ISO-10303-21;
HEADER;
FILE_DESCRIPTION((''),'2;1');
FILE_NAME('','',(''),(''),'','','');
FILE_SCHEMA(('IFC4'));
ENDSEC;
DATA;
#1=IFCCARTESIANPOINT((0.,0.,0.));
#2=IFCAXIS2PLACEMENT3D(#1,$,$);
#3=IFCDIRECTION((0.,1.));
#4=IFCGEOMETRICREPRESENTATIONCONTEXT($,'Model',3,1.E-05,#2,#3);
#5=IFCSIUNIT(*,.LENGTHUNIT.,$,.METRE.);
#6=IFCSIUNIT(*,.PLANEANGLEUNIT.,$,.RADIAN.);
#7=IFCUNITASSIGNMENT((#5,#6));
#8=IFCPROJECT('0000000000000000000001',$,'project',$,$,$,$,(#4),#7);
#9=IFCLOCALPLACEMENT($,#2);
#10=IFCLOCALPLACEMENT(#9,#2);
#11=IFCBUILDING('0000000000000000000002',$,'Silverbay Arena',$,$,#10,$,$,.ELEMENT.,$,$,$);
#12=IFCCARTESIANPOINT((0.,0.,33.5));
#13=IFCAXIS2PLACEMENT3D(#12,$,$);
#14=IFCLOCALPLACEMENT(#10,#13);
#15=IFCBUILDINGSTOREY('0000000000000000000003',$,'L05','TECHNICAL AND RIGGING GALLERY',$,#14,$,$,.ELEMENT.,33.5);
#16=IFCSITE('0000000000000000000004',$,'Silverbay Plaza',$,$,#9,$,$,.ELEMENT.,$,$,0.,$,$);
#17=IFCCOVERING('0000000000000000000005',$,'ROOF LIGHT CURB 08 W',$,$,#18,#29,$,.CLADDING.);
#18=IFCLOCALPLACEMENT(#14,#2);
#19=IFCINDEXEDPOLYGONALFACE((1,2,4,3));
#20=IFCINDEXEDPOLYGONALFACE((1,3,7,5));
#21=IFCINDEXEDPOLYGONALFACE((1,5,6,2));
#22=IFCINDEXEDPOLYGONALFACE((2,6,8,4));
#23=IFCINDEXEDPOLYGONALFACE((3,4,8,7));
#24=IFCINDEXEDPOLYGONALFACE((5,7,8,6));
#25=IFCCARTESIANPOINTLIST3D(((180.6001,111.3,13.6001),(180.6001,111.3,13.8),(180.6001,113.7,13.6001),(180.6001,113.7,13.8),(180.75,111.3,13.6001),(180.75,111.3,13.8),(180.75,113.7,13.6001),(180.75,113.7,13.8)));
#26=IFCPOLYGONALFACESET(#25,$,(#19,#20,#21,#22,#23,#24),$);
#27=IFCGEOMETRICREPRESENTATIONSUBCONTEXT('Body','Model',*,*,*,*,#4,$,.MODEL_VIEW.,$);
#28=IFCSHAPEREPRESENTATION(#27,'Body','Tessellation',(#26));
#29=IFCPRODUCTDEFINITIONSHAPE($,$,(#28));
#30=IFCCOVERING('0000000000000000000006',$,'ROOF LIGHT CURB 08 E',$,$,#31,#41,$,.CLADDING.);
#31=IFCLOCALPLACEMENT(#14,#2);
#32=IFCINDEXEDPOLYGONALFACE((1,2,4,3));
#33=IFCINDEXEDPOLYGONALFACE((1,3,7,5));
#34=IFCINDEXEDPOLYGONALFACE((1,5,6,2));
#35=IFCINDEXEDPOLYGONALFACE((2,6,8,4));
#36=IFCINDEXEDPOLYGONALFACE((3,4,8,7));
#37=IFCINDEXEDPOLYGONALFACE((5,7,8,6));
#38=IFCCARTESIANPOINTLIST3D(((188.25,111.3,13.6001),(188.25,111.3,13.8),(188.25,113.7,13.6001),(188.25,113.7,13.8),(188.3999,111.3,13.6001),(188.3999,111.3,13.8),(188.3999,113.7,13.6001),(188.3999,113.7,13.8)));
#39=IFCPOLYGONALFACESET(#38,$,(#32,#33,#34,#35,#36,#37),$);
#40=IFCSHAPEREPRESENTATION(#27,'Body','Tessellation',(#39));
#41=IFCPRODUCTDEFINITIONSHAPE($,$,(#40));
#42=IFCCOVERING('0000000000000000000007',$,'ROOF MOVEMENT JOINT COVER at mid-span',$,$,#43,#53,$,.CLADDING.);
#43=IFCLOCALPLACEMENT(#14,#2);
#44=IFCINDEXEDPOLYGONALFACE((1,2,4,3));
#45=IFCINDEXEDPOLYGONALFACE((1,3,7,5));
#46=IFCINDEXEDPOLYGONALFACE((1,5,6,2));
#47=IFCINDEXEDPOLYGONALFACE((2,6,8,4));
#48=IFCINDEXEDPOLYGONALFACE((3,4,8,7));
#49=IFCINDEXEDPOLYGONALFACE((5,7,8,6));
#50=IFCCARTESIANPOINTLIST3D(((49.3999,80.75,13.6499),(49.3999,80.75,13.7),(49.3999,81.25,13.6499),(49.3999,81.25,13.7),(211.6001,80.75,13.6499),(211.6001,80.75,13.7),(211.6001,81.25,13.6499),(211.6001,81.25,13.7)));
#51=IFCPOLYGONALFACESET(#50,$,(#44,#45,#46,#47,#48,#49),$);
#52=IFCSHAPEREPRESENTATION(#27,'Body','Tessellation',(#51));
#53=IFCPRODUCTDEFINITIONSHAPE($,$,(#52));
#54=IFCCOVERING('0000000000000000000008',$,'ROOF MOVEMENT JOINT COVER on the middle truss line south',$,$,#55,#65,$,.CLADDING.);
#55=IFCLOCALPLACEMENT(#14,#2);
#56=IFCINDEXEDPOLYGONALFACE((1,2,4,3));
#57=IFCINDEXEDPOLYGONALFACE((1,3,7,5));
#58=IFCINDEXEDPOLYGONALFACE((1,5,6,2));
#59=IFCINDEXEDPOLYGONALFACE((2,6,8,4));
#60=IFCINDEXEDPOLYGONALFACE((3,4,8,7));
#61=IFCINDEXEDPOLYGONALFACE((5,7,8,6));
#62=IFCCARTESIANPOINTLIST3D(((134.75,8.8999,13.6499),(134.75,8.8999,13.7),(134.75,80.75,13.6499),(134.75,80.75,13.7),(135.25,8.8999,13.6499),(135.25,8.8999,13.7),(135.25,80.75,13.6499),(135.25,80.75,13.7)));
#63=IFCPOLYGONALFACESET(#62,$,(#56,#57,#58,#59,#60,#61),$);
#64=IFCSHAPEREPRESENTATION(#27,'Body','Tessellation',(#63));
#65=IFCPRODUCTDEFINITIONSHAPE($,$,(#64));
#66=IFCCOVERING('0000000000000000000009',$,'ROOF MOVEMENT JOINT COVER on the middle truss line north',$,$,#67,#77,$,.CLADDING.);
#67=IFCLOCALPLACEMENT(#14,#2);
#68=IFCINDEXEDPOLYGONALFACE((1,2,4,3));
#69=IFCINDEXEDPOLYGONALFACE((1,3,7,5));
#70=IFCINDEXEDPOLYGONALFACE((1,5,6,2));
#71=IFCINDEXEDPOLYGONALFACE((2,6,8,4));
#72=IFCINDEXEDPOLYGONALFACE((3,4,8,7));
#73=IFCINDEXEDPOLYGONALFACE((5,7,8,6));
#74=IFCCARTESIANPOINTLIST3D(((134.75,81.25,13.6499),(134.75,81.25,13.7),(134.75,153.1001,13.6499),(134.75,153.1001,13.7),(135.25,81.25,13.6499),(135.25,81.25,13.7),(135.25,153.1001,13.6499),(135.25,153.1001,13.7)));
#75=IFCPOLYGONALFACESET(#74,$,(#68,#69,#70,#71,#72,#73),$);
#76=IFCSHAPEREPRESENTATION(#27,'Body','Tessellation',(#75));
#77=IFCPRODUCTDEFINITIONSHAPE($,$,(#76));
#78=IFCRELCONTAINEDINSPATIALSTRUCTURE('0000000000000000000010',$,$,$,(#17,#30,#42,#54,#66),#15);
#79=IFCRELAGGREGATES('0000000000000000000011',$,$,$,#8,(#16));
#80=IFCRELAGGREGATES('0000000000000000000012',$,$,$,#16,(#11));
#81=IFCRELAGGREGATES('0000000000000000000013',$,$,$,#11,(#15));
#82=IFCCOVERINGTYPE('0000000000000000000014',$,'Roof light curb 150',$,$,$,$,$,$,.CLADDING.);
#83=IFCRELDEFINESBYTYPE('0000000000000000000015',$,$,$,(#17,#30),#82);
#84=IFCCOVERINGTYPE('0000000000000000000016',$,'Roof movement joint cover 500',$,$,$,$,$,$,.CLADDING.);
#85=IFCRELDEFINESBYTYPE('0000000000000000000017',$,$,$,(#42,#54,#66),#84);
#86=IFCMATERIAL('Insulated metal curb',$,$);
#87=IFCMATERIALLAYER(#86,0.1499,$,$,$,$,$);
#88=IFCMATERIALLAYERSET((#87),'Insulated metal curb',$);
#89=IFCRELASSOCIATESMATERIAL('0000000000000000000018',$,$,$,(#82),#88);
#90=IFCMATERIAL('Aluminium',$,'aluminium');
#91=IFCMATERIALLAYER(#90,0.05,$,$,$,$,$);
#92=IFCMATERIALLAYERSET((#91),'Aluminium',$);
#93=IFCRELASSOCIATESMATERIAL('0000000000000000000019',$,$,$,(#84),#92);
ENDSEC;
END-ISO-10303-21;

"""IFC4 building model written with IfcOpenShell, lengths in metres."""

from ifc_helpers import new_model, si_unit, direction, frame, origin, place, context, subcontext, project, spatial, polyline, outline, extrude, material, layer, layer_set, type_object, element, save


model = new_model("IFC4")

# Units and contexts
model_context = context("Model", 3, precision=1e-05, world=origin(), true_north=direction((0.0, 1.0)))
body_context = subcontext(model_context, "Body", "Model", "MODEL_VIEW")
ifc_project = project(units=[si_unit("LENGTHUNIT", "METRE"), si_unit("PLANEANGLEUNIT", "RADIAN")], contexts=[model_context])

# Site, building, storey
site_placement = place(None, origin())
site = spatial("IfcSite", under=ifc_project, at=site_placement, Name="Silverbay Plaza", CompositionType="ELEMENT", RefElevation=0.0)
building_placement = place(site_placement, origin())
building = spatial("IfcBuilding", under=site, at=building_placement, Name="Silverbay Arena", CompositionType="ELEMENT")
storey_placement = place(building_placement, frame((0.0, 0.0, 33.5)))
storey = spatial("IfcBuildingStorey", under=building, at=storey_placement, Name="L05", Description="TECHNICAL AND RIGGING GALLERY", CompositionType="ELEMENT", Elevation=33.5)

# Coverings
ifc_material_1 = material(Name="Insulated metal curb")
ifc_layer_1 = layer(ifc_material_1, 0.1499)
ifc_layer_set_1 = layer_set([ifc_layer_1], Name="Insulated metal curb")
covering_type_1 = type_object("IfcCoveringType", Name="Roof light curb 150", PredefinedType="CLADDING", material=ifc_layer_set_1)
covering_1_placement = place(storey_placement, frame((0.0, 0.0, 13.6001)))
element("IfcCovering", 1, at=covering_1_placement, inside=storey, type_object=covering_type_1, Name="ROOF LIGHT CURB 08 W", PredefinedType="CLADDING", context=body_context, shape_type="SweptSolid", body=[
    extrude(outline(polyline([(180.6001, 111.3), (180.75, 111.3), (180.75, 113.7), (180.6001, 113.7), (180.6001, 111.3)])), origin(), (0.0, 0.0, 1.0), 0.2),
])
covering_2_placement = place(storey_placement, frame((0.0, 0.0, 13.6001)))
element("IfcCovering", 2, at=covering_2_placement, inside=storey, type_object=covering_type_1, Name="ROOF LIGHT CURB 08 E", PredefinedType="CLADDING", context=body_context, shape_type="SweptSolid", body=[
    extrude(outline(polyline([(188.25, 111.3), (188.3999, 111.3), (188.3999, 113.7), (188.25, 113.7), (188.25, 111.3)])), origin(), (0.0, 0.0, 1.0), 0.2),
])
ifc_material_2 = material(Name="Aluminium", Category="aluminium")
ifc_layer_2 = layer(ifc_material_2, 0.05)
ifc_layer_set_2 = layer_set([ifc_layer_2], Name="Aluminium")
covering_type_2 = type_object("IfcCoveringType", Name="Roof movement joint cover 500", PredefinedType="CLADDING", material=ifc_layer_set_2)
covering_3_placement = place(storey_placement, frame((0.0, 0.0, 13.6499)))
element("IfcCovering", 3, at=covering_3_placement, inside=storey, type_object=covering_type_2, Name="ROOF MOVEMENT JOINT COVER at mid-span", PredefinedType="CLADDING", context=body_context, shape_type="SweptSolid", body=[
    extrude(outline(polyline([(49.3999, 80.75), (211.6001, 80.75), (211.6001, 81.25), (49.3999, 81.25), (49.3999, 80.75)])), origin(), (0.0, 0.0, 1.0), 0.05),
])
covering_4_placement = place(storey_placement, frame((0.0, 0.0, 13.6499)))
element("IfcCovering", 4, at=covering_4_placement, inside=storey, type_object=covering_type_2, Name="ROOF MOVEMENT JOINT COVER on the middle truss line south", PredefinedType="CLADDING", context=body_context, shape_type="SweptSolid", body=[
    extrude(outline(polyline([(134.75, 8.8999), (135.25, 8.8999), (135.25, 80.75), (134.75, 80.75), (134.75, 8.8999)])), origin(), (0.0, 0.0, 1.0), 0.05),
])
covering_5_placement = place(storey_placement, frame((0.0, 0.0, 13.6499)))
element("IfcCovering", 5, at=covering_5_placement, inside=storey, type_object=covering_type_2, Name="ROOF MOVEMENT JOINT COVER on the middle truss line north", PredefinedType="CLADDING", context=body_context, shape_type="SweptSolid", body=[
    extrude(outline(polyline([(134.75, 81.25), (135.25, 81.25), (135.25, 153.1001), (134.75, 153.1001), (134.75, 81.25)])), origin(), (0.0, 0.0, 1.0), 0.05),
])

save(model, "model.ifc")
